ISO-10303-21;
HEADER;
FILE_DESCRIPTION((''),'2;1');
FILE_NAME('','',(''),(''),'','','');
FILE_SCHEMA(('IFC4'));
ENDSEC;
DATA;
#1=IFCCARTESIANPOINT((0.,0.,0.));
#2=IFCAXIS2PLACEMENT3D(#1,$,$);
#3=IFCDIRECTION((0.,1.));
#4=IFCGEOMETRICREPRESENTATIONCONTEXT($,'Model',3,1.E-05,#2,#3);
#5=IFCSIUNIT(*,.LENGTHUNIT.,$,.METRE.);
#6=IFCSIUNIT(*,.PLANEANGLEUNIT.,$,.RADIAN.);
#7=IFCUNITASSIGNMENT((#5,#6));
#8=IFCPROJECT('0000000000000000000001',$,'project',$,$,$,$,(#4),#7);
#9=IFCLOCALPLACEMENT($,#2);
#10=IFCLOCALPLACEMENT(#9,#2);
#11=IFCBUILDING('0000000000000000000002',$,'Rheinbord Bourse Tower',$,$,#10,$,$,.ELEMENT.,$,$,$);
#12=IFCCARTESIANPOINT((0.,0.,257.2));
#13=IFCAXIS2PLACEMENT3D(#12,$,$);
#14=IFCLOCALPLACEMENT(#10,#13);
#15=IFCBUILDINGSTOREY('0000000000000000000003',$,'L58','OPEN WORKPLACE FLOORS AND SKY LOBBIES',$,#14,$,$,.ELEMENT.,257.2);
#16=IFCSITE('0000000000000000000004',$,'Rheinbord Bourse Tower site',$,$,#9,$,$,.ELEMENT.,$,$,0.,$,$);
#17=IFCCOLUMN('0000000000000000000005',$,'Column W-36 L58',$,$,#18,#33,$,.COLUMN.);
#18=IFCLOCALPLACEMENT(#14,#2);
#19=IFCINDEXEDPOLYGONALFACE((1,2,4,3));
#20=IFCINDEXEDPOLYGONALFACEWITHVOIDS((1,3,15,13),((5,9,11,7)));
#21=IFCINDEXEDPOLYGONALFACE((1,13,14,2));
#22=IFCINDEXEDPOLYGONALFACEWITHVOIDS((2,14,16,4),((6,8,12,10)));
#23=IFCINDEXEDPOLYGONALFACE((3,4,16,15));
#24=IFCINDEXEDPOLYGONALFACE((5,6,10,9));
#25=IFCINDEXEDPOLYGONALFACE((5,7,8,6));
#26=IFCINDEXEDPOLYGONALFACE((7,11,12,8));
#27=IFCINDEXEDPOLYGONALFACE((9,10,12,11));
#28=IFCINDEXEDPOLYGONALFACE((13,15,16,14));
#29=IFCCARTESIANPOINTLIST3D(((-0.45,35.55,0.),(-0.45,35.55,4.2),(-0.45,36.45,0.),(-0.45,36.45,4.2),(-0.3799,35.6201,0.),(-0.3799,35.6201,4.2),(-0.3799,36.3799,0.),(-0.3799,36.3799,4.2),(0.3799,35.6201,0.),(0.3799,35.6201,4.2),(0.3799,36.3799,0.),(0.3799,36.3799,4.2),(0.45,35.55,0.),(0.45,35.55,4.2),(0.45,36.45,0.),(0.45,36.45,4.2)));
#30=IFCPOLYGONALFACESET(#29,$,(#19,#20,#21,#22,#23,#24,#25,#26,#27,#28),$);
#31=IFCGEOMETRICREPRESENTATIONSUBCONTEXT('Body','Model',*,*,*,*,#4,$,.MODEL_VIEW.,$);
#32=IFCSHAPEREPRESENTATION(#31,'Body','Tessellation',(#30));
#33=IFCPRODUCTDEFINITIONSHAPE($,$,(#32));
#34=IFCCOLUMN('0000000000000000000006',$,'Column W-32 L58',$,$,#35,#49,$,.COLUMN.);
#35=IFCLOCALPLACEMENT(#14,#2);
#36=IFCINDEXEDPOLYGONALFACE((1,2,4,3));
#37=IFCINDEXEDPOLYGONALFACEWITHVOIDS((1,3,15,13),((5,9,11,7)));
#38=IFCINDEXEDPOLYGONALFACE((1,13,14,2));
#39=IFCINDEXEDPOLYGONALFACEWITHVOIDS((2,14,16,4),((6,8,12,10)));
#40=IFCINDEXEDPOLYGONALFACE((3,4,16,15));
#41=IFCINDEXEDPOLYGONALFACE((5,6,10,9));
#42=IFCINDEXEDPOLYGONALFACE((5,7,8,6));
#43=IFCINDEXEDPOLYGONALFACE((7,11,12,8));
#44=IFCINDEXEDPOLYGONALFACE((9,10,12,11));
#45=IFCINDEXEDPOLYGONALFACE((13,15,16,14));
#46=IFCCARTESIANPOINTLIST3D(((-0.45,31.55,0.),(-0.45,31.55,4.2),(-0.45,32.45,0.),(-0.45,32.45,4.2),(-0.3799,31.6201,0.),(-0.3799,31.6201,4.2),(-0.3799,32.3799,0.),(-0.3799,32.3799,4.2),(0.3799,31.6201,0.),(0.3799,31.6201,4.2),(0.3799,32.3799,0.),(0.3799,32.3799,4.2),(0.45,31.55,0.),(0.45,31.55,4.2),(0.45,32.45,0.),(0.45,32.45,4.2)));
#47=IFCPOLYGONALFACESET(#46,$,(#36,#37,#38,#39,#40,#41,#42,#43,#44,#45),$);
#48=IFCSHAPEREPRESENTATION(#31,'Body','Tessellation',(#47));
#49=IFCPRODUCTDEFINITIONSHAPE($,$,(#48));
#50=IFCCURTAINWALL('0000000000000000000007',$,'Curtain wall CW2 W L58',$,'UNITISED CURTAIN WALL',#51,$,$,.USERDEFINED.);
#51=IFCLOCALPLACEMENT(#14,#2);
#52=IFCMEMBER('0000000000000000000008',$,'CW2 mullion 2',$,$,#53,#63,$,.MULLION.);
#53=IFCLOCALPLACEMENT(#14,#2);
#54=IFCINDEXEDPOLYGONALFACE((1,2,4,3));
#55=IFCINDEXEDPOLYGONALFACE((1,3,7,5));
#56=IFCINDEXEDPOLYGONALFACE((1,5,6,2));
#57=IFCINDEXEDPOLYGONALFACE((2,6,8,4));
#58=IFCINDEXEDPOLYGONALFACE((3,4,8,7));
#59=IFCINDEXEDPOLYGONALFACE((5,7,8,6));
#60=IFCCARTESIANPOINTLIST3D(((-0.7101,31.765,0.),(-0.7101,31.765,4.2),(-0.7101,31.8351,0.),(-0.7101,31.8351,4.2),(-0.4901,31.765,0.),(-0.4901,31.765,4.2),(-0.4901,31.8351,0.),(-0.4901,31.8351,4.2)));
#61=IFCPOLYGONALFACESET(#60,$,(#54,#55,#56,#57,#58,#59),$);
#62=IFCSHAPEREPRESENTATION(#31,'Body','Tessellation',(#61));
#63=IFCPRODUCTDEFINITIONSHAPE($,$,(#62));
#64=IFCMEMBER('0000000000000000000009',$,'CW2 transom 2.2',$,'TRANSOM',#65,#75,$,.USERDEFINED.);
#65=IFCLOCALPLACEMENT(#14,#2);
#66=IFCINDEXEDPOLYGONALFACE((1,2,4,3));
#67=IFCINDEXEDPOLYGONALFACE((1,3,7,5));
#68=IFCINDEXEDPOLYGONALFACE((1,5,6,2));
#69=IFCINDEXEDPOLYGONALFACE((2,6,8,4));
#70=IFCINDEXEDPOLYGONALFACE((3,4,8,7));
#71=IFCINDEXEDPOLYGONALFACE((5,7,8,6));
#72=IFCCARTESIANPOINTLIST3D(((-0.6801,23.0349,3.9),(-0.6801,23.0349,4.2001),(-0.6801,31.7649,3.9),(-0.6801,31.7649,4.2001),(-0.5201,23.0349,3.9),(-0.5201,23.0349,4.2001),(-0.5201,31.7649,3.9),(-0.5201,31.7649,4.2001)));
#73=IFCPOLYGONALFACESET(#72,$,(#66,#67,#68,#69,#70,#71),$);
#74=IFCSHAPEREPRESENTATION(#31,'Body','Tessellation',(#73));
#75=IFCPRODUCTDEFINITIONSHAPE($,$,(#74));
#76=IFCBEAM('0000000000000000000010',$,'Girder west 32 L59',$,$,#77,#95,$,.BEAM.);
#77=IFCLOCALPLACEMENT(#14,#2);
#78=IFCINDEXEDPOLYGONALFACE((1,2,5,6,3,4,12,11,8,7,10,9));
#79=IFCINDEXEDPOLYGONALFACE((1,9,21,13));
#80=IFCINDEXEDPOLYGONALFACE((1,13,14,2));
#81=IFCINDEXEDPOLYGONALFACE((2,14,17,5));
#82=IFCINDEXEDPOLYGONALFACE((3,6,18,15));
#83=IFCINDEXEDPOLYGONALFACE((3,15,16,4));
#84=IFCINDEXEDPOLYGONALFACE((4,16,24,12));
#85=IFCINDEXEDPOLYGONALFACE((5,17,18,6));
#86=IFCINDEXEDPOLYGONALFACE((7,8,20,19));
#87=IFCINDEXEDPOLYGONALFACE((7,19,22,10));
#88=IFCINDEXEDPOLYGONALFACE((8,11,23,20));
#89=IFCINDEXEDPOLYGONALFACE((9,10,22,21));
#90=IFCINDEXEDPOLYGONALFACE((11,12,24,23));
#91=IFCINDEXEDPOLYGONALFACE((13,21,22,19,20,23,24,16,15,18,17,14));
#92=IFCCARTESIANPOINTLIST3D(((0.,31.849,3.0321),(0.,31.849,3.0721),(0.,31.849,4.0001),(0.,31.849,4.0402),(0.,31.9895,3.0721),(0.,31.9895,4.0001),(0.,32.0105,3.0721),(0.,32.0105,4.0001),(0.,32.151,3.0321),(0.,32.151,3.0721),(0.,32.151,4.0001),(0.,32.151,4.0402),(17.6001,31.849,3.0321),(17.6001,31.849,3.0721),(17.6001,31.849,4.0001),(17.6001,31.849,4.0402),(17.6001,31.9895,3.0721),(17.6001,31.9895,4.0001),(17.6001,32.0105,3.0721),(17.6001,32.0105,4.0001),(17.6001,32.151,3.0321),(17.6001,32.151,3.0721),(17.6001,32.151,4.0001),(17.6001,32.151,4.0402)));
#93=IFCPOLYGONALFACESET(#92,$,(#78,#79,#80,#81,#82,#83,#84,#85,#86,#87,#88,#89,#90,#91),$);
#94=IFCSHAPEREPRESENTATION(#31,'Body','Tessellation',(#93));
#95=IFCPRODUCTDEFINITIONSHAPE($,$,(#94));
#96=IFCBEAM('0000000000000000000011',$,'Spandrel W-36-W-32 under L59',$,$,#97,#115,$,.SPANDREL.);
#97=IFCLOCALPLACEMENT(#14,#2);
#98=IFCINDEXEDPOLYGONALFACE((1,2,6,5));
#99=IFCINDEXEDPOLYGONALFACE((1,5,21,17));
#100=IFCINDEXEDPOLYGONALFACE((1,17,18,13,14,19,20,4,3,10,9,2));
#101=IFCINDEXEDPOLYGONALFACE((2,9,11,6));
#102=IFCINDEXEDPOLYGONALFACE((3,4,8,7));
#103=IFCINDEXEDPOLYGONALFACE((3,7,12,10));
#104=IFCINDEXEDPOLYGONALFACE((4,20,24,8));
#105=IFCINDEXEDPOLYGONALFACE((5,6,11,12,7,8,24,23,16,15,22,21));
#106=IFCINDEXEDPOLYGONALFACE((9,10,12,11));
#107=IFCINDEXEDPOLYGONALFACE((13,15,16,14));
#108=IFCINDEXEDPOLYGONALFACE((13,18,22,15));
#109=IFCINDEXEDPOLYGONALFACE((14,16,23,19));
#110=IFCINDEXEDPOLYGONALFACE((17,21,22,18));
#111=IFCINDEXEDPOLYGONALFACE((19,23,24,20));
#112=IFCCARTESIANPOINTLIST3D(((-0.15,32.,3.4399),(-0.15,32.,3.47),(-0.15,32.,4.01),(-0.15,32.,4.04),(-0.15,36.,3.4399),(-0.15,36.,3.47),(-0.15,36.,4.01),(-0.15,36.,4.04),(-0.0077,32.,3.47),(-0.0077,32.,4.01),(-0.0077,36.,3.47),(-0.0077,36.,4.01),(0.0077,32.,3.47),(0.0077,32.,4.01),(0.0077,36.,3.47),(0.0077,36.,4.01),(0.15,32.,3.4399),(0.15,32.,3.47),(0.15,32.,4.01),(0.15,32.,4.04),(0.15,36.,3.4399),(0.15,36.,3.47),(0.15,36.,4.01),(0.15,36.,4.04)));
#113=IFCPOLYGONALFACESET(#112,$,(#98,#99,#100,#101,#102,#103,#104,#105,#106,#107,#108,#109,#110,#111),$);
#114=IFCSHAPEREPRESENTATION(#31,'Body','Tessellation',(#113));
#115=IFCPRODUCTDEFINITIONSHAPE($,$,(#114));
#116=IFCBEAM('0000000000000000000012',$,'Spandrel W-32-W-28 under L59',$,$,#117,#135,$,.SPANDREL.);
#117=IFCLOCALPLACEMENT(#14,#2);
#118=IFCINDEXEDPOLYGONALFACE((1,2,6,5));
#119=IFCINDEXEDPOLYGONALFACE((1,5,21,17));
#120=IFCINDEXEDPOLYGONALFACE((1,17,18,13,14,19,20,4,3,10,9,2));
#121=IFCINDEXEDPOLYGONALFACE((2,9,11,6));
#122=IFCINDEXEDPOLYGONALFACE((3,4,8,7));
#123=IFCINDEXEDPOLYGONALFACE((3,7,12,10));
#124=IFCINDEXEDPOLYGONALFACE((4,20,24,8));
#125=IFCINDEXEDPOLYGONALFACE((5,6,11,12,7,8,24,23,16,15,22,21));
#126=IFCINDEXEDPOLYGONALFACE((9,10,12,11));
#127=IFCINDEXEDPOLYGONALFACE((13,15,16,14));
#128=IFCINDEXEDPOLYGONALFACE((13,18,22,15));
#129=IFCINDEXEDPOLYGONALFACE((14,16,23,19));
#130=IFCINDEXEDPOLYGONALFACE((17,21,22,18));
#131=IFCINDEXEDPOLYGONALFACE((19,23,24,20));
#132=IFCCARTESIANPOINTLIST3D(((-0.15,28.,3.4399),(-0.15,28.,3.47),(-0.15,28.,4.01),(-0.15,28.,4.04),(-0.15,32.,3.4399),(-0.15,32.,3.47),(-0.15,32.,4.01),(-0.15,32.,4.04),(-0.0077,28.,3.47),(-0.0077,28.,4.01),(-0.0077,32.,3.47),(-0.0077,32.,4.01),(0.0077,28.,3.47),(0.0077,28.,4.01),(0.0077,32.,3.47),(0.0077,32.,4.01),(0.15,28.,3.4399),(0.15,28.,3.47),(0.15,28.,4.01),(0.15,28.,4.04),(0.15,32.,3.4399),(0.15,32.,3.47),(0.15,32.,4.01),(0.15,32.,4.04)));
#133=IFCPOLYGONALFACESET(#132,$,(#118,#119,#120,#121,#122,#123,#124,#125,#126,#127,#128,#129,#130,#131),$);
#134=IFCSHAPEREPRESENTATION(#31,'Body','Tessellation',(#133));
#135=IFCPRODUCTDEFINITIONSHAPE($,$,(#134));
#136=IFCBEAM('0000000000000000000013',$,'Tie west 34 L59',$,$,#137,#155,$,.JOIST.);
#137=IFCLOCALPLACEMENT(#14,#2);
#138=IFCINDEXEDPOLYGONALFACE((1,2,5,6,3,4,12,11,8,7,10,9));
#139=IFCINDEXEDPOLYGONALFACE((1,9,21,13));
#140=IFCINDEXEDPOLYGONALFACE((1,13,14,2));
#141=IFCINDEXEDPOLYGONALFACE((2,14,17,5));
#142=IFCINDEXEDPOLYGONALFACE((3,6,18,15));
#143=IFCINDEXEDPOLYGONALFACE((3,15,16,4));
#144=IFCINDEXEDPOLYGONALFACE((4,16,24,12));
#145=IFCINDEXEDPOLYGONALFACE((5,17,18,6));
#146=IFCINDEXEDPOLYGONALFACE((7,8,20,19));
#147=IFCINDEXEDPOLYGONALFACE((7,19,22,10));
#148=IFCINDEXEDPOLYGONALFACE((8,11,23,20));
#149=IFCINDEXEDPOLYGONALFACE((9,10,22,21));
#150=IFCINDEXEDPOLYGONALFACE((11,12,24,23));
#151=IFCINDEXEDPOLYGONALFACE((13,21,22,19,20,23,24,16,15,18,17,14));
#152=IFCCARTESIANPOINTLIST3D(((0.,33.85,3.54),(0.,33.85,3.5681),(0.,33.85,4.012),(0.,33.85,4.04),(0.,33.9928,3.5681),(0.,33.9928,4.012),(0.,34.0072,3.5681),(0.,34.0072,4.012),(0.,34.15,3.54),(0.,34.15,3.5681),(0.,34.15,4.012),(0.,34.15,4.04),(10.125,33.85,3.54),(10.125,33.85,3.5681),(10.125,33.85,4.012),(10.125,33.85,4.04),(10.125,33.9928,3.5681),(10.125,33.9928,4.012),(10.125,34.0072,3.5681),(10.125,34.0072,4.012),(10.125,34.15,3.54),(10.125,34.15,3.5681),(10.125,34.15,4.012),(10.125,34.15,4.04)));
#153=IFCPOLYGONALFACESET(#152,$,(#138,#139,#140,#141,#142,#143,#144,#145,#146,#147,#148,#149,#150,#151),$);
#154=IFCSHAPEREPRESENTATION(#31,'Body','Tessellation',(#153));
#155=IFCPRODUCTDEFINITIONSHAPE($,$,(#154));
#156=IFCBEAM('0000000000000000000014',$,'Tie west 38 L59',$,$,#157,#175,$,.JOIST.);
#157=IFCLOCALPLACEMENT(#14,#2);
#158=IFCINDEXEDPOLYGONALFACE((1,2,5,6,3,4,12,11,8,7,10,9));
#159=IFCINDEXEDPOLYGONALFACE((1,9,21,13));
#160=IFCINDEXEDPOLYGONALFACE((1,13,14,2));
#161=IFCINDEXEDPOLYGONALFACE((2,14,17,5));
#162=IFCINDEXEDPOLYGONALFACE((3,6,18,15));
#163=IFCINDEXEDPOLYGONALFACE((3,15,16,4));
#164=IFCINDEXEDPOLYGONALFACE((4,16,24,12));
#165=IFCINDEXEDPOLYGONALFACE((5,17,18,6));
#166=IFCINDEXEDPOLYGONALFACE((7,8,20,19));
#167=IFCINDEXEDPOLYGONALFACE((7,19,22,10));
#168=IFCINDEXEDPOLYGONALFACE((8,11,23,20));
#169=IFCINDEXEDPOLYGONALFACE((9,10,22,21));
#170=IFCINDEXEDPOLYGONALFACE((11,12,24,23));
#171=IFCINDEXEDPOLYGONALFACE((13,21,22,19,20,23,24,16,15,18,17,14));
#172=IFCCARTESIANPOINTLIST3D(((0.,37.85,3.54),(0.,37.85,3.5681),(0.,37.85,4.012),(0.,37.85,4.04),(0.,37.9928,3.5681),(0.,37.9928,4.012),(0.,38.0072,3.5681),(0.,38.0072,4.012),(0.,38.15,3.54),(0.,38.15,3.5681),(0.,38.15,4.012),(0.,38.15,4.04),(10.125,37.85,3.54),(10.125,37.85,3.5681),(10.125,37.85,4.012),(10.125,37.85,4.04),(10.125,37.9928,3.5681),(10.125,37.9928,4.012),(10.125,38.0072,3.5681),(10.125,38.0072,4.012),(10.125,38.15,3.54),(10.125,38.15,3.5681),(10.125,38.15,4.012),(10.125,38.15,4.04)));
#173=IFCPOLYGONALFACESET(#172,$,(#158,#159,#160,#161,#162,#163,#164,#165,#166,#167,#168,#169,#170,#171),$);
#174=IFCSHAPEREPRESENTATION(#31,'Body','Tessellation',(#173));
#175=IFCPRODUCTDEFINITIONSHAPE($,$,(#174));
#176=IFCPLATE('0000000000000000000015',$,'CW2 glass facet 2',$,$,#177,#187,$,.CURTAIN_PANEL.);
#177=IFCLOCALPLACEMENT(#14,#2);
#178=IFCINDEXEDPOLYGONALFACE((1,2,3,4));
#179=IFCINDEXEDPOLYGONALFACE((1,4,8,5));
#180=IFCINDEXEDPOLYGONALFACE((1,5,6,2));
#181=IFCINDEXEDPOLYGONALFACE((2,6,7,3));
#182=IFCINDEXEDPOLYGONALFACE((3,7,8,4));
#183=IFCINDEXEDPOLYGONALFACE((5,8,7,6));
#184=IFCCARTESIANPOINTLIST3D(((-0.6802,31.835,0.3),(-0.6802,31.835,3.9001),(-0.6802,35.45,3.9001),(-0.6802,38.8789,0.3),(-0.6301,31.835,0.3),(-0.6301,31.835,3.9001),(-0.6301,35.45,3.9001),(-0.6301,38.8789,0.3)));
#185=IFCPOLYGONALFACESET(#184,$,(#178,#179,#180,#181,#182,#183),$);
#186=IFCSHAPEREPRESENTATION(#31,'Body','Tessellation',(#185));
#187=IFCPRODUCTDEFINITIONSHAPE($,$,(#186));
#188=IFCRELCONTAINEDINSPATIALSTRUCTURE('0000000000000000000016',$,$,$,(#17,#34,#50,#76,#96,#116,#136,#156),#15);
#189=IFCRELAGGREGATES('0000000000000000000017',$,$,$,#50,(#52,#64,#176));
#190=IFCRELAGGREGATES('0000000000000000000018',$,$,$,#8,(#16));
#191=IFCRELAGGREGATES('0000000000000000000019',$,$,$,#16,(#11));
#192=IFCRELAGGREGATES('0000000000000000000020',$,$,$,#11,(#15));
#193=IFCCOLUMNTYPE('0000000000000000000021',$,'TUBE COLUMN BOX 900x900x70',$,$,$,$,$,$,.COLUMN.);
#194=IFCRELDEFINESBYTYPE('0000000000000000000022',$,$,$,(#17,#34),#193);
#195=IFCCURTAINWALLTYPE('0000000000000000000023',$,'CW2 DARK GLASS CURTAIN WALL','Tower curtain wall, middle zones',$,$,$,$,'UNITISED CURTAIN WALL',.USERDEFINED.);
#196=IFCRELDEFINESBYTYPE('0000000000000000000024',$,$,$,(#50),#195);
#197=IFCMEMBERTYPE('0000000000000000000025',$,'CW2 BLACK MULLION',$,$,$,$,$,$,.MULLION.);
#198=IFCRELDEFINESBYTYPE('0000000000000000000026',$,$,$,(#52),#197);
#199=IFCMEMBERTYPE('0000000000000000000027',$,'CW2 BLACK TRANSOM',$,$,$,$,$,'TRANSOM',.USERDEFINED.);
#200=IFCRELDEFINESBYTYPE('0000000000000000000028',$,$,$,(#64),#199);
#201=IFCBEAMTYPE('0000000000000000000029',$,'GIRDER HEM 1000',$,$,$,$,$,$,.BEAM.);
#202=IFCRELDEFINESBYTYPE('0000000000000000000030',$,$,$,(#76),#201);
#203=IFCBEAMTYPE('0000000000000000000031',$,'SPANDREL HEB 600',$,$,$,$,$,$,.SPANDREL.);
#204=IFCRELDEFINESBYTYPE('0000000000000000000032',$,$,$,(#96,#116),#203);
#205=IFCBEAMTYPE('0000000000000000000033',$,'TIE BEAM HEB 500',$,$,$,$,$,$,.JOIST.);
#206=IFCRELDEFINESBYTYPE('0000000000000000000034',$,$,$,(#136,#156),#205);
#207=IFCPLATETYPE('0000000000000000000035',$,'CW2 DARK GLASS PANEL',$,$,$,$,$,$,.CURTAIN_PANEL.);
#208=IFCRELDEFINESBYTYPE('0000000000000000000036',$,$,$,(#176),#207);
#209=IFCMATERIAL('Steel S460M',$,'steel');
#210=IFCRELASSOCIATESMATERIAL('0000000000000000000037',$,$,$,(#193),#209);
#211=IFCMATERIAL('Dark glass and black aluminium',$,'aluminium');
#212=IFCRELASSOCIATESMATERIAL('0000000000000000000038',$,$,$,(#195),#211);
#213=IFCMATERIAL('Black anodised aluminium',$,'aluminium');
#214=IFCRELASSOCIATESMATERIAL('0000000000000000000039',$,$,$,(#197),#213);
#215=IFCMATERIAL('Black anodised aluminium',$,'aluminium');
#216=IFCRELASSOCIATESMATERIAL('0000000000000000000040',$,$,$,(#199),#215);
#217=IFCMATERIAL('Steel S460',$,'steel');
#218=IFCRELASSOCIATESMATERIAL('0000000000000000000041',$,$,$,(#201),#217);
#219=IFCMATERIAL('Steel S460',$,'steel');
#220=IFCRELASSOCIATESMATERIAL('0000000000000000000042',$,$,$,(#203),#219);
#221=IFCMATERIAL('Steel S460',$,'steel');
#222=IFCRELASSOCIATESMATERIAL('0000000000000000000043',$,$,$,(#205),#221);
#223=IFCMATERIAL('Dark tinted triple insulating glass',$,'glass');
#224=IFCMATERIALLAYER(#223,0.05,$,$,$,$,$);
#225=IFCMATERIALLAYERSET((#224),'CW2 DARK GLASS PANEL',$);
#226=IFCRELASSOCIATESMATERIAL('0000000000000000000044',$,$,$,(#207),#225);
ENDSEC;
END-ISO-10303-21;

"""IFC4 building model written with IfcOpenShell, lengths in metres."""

from ifc_helpers import new_model, si_unit, direction, frame, origin, origin_2d, place, context, subcontext, project, spatial, polyline, rectangle, hollow_rectangle, i_section, outline, extrude, material, layer, layer_set, material_profile, profile_set, type_object, element, aggregate, save


model = new_model("IFC4")

# Units and contexts
model_context = context("Model", 3, precision=1e-05, world=origin(), true_north=direction((0.0, 1.0)))
body_context = subcontext(model_context, "Body", "Model", "MODEL_VIEW")
ifc_project = project(units=[si_unit("LENGTHUNIT", "METRE"), si_unit("PLANEANGLEUNIT", "RADIAN")], contexts=[model_context])

# Site, building, storey
site_placement = place(None, origin())
site = spatial("IfcSite", under=ifc_project, at=site_placement, Name="Rheinbord Bourse Tower site", CompositionType="ELEMENT", RefElevation=0.0)
building_placement = place(site_placement, origin())
building = spatial("IfcBuilding", under=site, at=building_placement, Name="Rheinbord Bourse Tower", CompositionType="ELEMENT")
storey_placement = place(building_placement, frame((0.0, 0.0, 257.2)))
storey = spatial("IfcBuildingStorey", under=building, at=storey_placement, Name="L58", Description="OPEN WORKPLACE FLOORS AND SKY LOBBIES", CompositionType="ELEMENT", Elevation=257.2)

# Columns
ifc_material_1 = material(Name="Steel S460M", Category="steel")
ifc_material_profile_1 = material_profile(ifc_material_1, hollow_rectangle(XDim=0.8999, YDim=0.8999, WallThickness=0.0701, at=origin_2d()), Name="BOX 900x900x70")
ifc_profile_set_1 = profile_set([ifc_material_profile_1], Name="Steel S460M")
column_type = type_object("IfcColumnType", Name="TUBE COLUMN BOX 900x900x70", PredefinedType="COLUMN", material=ifc_profile_set_1)
for number, where, z_axis, x_axis, name in (
    (1, (0.0, 36.0, 0.0), (0.0, 0.0, 1.0), (1.0, 0.0, 0.0), "Column W-36 L58"),
    (2, (0.0, 32.0, 0.0), (0.0, 0.0, 1.0), (1.0, 0.0, 0.0), "Column W-32 L58"),
):
    element("IfcColumn", number, at=place(storey_placement, frame(where, z_axis=z_axis, x_axis=x_axis)), inside=storey, type_object=column_type, Name=name, PredefinedType="COLUMN", context=body_context, shape_type="SweptSolid", body=[
        extrude(hollow_rectangle(XDim=0.8999, YDim=0.8999, WallThickness=0.0701, at=origin_2d()), origin(), (0.0, 0.0, 1.0), 4.2),
    ])

# Curtain wall, members
ifc_material_2 = material(Name="Dark glass and black aluminium", Category="aluminium")
curtain_wall_type = type_object("IfcCurtainWallType", Name="CW2 DARK GLASS CURTAIN WALL", Description="Tower curtain wall, middle zones", ElementType="UNITISED CURTAIN WALL", PredefinedType="USERDEFINED", material=ifc_material_2)
curtain_wall_placement = place(storey_placement, origin())
curtain_wall = element("IfcCurtainWall", 3, at=curtain_wall_placement, inside=storey, type_object=curtain_wall_type, Name="Curtain wall CW2 W L58", ObjectType="UNITISED CURTAIN WALL", PredefinedType="USERDEFINED")
ifc_material_3 = material(Name="Black anodised aluminium", Category="aluminium")
ifc_material_profile_2 = material_profile(ifc_material_3, rectangle(XDim=0.22, YDim=0.0701, at=origin_2d()), Name="CW2 MULLION 70x220")
ifc_profile_set_2 = profile_set([ifc_material_profile_2], Name="Black anodised aluminium")
member_type_1 = type_object("IfcMemberType", Name="CW2 BLACK MULLION", PredefinedType="MULLION", material=ifc_profile_set_2)
member_1_placement = place(storey_placement, frame((-0.6001, 31.8, 0.0), z_axis=(0.0, 0.0, 1.0), x_axis=(1.0, 0.0, 0.0)))
member_1 = element("IfcMember", 4, at=member_1_placement, type_object=member_type_1, Name="CW2 mullion 2", PredefinedType="MULLION", context=body_context, shape_type="SweptSolid", body=[
    extrude(rectangle(XDim=0.22, YDim=0.0701, at=origin_2d()), origin(), (0.0, 0.0, 1.0), 4.2),
])
ifc_material_4 = material(Name="Black anodised aluminium", Category="aluminium")
ifc_material_profile_3 = material_profile(ifc_material_4, rectangle(XDim=0.1599, YDim=0.3, at=origin_2d()), Name="CW2 TRANSOM 300x160")
ifc_profile_set_3 = profile_set([ifc_material_profile_3], Name="Black anodised aluminium")
member_type_2 = type_object("IfcMemberType", Name="CW2 BLACK TRANSOM", ElementType="TRANSOM", PredefinedType="USERDEFINED", material=ifc_profile_set_3)
member_2_placement = place(storey_placement, frame((-0.6001, 31.7649, 4.05), z_axis=(0.0, -1.0, 0.0), x_axis=(1.0, 0.0, 0.0)))
member_2 = element("IfcMember", 5, at=member_2_placement, type_object=member_type_2, Name="CW2 transom 2.2", ObjectType="TRANSOM", PredefinedType="USERDEFINED", context=body_context, shape_type="SweptSolid", body=[
    extrude(rectangle(XDim=0.1599, YDim=0.3, at=origin_2d()), origin(), (0.0, 0.0, 1.0), 8.73),
])

# Beams
ifc_material_5 = material(Name="Steel S460", Category="steel")
ifc_material_profile_4 = material_profile(ifc_material_5, i_section(OverallWidth=0.302, OverallDepth=1.0081, WebThickness=0.021, FlangeThickness=0.04, at=origin_2d()), Name="HEM 1000")
ifc_profile_set_4 = profile_set([ifc_material_profile_4], Name="Steel S460")
beam_type_1 = type_object("IfcBeamType", Name="GIRDER HEM 1000", PredefinedType="BEAM", material=ifc_profile_set_4)
beam_placement = place(storey_placement, frame((0.0, 32.0, 3.5361), z_axis=(1.0, 0.0, 0.0), x_axis=(0.0, 1.0, 0.0)))
element("IfcBeam", 6, at=beam_placement, inside=storey, type_object=beam_type_1, Name="Girder west 32 L59", PredefinedType="BEAM", context=body_context, shape_type="SweptSolid", body=[
    extrude(i_section(OverallWidth=0.302, OverallDepth=1.0081, WebThickness=0.021, FlangeThickness=0.04, at=origin_2d()), origin(), (0.0, 0.0, 1.0), 17.6001),
])
ifc_material_6 = material(Name="Steel S460", Category="steel")
ifc_material_profile_5 = material_profile(ifc_material_6, i_section(OverallWidth=0.3, OverallDepth=0.6001, WebThickness=0.0154, FlangeThickness=0.03, at=origin_2d()), Name="HEB 600")
ifc_profile_set_5 = profile_set([ifc_material_profile_5], Name="Steel S460")
beam_type_2 = type_object("IfcBeamType", Name="SPANDREL HEB 600", PredefinedType="SPANDREL", material=ifc_profile_set_5)
for number, where, z_axis, x_axis, name in (
    (7, (0.0, 36.0, 3.74), (0.0, -1.0, 0.0), (1.0, 0.0, 0.0), "Spandrel W-36-W-32 under L59"),
    (8, (0.0, 32.0, 3.74), (0.0, -1.0, 0.0), (1.0, 0.0, 0.0), "Spandrel W-32-W-28 under L59"),
):
    element("IfcBeam", number, at=place(storey_placement, frame(where, z_axis=z_axis, x_axis=x_axis)), inside=storey, type_object=beam_type_2, Name=name, PredefinedType="SPANDREL", context=body_context, shape_type="SweptSolid", body=[
        extrude(i_section(OverallWidth=0.3, OverallDepth=0.6001, WebThickness=0.0154, FlangeThickness=0.03, at=origin_2d()), origin(), (0.0, 0.0, 1.0), 4.0),
    ])
ifc_material_7 = material(Name="Steel S460", Category="steel")
ifc_material_profile_6 = material_profile(ifc_material_7, i_section(OverallWidth=0.3, OverallDepth=0.5, WebThickness=0.0144, FlangeThickness=0.0281, at=origin_2d()), Name="HEB 500")
ifc_profile_set_6 = profile_set([ifc_material_profile_6], Name="Steel S460")
beam_type_3 = type_object("IfcBeamType", Name="TIE BEAM HEB 500", PredefinedType="JOIST", material=ifc_profile_set_6)
for number, where, z_axis, x_axis, name in (
    (9, (0.0, 34.0, 3.79), (1.0, 0.0, 0.0), (0.0, 1.0, 0.0), "Tie west 34 L59"),
    (10, (0.0, 38.0, 3.79), (1.0, 0.0, 0.0), (0.0, 1.0, 0.0), "Tie west 38 L59"),
):
    element("IfcBeam", number, at=place(storey_placement, frame(where, z_axis=z_axis, x_axis=x_axis)), inside=storey, type_object=beam_type_3, Name=name, PredefinedType="JOIST", context=body_context, shape_type="SweptSolid", body=[
        extrude(i_section(OverallWidth=0.3, OverallDepth=0.5, WebThickness=0.0144, FlangeThickness=0.0281, at=origin_2d()), origin(), (0.0, 0.0, 1.0), 10.125),
    ])

# Plate
ifc_material_8 = material(Name="Dark tinted triple insulating glass", Category="glass")
ifc_layer_1 = layer(ifc_material_8, 0.05)
ifc_layer_set_1 = layer_set([ifc_layer_1], Name="CW2 DARK GLASS PANEL")
plate_type = type_object("IfcPlateType", Name="CW2 DARK GLASS PANEL", PredefinedType="CURTAIN_PANEL", material=ifc_layer_set_1)
plate_placement = place(storey_placement, frame((-0.6802, 31.835, 3.9001), z_axis=(1.0, 0.0, 0.0), x_axis=(0.0, 0.0, -1.0)))
plate = element("IfcPlate", 11, at=plate_placement, type_object=plate_type, Name="CW2 glass facet 2", PredefinedType="CURTAIN_PANEL", context=body_context, shape_type="SweptSolid", body=[
    extrude(outline(polyline([(0.0, 0.0), (3.6001, 0.0), (3.6001, 7.0439), (0.0, 3.615), (0.0, 0.0)])), origin(), (0.0, 0.0, 1.0), 0.05),
])
aggregate(curtain_wall, [member_1, member_2, plate])

save(model, "model.ifc")
